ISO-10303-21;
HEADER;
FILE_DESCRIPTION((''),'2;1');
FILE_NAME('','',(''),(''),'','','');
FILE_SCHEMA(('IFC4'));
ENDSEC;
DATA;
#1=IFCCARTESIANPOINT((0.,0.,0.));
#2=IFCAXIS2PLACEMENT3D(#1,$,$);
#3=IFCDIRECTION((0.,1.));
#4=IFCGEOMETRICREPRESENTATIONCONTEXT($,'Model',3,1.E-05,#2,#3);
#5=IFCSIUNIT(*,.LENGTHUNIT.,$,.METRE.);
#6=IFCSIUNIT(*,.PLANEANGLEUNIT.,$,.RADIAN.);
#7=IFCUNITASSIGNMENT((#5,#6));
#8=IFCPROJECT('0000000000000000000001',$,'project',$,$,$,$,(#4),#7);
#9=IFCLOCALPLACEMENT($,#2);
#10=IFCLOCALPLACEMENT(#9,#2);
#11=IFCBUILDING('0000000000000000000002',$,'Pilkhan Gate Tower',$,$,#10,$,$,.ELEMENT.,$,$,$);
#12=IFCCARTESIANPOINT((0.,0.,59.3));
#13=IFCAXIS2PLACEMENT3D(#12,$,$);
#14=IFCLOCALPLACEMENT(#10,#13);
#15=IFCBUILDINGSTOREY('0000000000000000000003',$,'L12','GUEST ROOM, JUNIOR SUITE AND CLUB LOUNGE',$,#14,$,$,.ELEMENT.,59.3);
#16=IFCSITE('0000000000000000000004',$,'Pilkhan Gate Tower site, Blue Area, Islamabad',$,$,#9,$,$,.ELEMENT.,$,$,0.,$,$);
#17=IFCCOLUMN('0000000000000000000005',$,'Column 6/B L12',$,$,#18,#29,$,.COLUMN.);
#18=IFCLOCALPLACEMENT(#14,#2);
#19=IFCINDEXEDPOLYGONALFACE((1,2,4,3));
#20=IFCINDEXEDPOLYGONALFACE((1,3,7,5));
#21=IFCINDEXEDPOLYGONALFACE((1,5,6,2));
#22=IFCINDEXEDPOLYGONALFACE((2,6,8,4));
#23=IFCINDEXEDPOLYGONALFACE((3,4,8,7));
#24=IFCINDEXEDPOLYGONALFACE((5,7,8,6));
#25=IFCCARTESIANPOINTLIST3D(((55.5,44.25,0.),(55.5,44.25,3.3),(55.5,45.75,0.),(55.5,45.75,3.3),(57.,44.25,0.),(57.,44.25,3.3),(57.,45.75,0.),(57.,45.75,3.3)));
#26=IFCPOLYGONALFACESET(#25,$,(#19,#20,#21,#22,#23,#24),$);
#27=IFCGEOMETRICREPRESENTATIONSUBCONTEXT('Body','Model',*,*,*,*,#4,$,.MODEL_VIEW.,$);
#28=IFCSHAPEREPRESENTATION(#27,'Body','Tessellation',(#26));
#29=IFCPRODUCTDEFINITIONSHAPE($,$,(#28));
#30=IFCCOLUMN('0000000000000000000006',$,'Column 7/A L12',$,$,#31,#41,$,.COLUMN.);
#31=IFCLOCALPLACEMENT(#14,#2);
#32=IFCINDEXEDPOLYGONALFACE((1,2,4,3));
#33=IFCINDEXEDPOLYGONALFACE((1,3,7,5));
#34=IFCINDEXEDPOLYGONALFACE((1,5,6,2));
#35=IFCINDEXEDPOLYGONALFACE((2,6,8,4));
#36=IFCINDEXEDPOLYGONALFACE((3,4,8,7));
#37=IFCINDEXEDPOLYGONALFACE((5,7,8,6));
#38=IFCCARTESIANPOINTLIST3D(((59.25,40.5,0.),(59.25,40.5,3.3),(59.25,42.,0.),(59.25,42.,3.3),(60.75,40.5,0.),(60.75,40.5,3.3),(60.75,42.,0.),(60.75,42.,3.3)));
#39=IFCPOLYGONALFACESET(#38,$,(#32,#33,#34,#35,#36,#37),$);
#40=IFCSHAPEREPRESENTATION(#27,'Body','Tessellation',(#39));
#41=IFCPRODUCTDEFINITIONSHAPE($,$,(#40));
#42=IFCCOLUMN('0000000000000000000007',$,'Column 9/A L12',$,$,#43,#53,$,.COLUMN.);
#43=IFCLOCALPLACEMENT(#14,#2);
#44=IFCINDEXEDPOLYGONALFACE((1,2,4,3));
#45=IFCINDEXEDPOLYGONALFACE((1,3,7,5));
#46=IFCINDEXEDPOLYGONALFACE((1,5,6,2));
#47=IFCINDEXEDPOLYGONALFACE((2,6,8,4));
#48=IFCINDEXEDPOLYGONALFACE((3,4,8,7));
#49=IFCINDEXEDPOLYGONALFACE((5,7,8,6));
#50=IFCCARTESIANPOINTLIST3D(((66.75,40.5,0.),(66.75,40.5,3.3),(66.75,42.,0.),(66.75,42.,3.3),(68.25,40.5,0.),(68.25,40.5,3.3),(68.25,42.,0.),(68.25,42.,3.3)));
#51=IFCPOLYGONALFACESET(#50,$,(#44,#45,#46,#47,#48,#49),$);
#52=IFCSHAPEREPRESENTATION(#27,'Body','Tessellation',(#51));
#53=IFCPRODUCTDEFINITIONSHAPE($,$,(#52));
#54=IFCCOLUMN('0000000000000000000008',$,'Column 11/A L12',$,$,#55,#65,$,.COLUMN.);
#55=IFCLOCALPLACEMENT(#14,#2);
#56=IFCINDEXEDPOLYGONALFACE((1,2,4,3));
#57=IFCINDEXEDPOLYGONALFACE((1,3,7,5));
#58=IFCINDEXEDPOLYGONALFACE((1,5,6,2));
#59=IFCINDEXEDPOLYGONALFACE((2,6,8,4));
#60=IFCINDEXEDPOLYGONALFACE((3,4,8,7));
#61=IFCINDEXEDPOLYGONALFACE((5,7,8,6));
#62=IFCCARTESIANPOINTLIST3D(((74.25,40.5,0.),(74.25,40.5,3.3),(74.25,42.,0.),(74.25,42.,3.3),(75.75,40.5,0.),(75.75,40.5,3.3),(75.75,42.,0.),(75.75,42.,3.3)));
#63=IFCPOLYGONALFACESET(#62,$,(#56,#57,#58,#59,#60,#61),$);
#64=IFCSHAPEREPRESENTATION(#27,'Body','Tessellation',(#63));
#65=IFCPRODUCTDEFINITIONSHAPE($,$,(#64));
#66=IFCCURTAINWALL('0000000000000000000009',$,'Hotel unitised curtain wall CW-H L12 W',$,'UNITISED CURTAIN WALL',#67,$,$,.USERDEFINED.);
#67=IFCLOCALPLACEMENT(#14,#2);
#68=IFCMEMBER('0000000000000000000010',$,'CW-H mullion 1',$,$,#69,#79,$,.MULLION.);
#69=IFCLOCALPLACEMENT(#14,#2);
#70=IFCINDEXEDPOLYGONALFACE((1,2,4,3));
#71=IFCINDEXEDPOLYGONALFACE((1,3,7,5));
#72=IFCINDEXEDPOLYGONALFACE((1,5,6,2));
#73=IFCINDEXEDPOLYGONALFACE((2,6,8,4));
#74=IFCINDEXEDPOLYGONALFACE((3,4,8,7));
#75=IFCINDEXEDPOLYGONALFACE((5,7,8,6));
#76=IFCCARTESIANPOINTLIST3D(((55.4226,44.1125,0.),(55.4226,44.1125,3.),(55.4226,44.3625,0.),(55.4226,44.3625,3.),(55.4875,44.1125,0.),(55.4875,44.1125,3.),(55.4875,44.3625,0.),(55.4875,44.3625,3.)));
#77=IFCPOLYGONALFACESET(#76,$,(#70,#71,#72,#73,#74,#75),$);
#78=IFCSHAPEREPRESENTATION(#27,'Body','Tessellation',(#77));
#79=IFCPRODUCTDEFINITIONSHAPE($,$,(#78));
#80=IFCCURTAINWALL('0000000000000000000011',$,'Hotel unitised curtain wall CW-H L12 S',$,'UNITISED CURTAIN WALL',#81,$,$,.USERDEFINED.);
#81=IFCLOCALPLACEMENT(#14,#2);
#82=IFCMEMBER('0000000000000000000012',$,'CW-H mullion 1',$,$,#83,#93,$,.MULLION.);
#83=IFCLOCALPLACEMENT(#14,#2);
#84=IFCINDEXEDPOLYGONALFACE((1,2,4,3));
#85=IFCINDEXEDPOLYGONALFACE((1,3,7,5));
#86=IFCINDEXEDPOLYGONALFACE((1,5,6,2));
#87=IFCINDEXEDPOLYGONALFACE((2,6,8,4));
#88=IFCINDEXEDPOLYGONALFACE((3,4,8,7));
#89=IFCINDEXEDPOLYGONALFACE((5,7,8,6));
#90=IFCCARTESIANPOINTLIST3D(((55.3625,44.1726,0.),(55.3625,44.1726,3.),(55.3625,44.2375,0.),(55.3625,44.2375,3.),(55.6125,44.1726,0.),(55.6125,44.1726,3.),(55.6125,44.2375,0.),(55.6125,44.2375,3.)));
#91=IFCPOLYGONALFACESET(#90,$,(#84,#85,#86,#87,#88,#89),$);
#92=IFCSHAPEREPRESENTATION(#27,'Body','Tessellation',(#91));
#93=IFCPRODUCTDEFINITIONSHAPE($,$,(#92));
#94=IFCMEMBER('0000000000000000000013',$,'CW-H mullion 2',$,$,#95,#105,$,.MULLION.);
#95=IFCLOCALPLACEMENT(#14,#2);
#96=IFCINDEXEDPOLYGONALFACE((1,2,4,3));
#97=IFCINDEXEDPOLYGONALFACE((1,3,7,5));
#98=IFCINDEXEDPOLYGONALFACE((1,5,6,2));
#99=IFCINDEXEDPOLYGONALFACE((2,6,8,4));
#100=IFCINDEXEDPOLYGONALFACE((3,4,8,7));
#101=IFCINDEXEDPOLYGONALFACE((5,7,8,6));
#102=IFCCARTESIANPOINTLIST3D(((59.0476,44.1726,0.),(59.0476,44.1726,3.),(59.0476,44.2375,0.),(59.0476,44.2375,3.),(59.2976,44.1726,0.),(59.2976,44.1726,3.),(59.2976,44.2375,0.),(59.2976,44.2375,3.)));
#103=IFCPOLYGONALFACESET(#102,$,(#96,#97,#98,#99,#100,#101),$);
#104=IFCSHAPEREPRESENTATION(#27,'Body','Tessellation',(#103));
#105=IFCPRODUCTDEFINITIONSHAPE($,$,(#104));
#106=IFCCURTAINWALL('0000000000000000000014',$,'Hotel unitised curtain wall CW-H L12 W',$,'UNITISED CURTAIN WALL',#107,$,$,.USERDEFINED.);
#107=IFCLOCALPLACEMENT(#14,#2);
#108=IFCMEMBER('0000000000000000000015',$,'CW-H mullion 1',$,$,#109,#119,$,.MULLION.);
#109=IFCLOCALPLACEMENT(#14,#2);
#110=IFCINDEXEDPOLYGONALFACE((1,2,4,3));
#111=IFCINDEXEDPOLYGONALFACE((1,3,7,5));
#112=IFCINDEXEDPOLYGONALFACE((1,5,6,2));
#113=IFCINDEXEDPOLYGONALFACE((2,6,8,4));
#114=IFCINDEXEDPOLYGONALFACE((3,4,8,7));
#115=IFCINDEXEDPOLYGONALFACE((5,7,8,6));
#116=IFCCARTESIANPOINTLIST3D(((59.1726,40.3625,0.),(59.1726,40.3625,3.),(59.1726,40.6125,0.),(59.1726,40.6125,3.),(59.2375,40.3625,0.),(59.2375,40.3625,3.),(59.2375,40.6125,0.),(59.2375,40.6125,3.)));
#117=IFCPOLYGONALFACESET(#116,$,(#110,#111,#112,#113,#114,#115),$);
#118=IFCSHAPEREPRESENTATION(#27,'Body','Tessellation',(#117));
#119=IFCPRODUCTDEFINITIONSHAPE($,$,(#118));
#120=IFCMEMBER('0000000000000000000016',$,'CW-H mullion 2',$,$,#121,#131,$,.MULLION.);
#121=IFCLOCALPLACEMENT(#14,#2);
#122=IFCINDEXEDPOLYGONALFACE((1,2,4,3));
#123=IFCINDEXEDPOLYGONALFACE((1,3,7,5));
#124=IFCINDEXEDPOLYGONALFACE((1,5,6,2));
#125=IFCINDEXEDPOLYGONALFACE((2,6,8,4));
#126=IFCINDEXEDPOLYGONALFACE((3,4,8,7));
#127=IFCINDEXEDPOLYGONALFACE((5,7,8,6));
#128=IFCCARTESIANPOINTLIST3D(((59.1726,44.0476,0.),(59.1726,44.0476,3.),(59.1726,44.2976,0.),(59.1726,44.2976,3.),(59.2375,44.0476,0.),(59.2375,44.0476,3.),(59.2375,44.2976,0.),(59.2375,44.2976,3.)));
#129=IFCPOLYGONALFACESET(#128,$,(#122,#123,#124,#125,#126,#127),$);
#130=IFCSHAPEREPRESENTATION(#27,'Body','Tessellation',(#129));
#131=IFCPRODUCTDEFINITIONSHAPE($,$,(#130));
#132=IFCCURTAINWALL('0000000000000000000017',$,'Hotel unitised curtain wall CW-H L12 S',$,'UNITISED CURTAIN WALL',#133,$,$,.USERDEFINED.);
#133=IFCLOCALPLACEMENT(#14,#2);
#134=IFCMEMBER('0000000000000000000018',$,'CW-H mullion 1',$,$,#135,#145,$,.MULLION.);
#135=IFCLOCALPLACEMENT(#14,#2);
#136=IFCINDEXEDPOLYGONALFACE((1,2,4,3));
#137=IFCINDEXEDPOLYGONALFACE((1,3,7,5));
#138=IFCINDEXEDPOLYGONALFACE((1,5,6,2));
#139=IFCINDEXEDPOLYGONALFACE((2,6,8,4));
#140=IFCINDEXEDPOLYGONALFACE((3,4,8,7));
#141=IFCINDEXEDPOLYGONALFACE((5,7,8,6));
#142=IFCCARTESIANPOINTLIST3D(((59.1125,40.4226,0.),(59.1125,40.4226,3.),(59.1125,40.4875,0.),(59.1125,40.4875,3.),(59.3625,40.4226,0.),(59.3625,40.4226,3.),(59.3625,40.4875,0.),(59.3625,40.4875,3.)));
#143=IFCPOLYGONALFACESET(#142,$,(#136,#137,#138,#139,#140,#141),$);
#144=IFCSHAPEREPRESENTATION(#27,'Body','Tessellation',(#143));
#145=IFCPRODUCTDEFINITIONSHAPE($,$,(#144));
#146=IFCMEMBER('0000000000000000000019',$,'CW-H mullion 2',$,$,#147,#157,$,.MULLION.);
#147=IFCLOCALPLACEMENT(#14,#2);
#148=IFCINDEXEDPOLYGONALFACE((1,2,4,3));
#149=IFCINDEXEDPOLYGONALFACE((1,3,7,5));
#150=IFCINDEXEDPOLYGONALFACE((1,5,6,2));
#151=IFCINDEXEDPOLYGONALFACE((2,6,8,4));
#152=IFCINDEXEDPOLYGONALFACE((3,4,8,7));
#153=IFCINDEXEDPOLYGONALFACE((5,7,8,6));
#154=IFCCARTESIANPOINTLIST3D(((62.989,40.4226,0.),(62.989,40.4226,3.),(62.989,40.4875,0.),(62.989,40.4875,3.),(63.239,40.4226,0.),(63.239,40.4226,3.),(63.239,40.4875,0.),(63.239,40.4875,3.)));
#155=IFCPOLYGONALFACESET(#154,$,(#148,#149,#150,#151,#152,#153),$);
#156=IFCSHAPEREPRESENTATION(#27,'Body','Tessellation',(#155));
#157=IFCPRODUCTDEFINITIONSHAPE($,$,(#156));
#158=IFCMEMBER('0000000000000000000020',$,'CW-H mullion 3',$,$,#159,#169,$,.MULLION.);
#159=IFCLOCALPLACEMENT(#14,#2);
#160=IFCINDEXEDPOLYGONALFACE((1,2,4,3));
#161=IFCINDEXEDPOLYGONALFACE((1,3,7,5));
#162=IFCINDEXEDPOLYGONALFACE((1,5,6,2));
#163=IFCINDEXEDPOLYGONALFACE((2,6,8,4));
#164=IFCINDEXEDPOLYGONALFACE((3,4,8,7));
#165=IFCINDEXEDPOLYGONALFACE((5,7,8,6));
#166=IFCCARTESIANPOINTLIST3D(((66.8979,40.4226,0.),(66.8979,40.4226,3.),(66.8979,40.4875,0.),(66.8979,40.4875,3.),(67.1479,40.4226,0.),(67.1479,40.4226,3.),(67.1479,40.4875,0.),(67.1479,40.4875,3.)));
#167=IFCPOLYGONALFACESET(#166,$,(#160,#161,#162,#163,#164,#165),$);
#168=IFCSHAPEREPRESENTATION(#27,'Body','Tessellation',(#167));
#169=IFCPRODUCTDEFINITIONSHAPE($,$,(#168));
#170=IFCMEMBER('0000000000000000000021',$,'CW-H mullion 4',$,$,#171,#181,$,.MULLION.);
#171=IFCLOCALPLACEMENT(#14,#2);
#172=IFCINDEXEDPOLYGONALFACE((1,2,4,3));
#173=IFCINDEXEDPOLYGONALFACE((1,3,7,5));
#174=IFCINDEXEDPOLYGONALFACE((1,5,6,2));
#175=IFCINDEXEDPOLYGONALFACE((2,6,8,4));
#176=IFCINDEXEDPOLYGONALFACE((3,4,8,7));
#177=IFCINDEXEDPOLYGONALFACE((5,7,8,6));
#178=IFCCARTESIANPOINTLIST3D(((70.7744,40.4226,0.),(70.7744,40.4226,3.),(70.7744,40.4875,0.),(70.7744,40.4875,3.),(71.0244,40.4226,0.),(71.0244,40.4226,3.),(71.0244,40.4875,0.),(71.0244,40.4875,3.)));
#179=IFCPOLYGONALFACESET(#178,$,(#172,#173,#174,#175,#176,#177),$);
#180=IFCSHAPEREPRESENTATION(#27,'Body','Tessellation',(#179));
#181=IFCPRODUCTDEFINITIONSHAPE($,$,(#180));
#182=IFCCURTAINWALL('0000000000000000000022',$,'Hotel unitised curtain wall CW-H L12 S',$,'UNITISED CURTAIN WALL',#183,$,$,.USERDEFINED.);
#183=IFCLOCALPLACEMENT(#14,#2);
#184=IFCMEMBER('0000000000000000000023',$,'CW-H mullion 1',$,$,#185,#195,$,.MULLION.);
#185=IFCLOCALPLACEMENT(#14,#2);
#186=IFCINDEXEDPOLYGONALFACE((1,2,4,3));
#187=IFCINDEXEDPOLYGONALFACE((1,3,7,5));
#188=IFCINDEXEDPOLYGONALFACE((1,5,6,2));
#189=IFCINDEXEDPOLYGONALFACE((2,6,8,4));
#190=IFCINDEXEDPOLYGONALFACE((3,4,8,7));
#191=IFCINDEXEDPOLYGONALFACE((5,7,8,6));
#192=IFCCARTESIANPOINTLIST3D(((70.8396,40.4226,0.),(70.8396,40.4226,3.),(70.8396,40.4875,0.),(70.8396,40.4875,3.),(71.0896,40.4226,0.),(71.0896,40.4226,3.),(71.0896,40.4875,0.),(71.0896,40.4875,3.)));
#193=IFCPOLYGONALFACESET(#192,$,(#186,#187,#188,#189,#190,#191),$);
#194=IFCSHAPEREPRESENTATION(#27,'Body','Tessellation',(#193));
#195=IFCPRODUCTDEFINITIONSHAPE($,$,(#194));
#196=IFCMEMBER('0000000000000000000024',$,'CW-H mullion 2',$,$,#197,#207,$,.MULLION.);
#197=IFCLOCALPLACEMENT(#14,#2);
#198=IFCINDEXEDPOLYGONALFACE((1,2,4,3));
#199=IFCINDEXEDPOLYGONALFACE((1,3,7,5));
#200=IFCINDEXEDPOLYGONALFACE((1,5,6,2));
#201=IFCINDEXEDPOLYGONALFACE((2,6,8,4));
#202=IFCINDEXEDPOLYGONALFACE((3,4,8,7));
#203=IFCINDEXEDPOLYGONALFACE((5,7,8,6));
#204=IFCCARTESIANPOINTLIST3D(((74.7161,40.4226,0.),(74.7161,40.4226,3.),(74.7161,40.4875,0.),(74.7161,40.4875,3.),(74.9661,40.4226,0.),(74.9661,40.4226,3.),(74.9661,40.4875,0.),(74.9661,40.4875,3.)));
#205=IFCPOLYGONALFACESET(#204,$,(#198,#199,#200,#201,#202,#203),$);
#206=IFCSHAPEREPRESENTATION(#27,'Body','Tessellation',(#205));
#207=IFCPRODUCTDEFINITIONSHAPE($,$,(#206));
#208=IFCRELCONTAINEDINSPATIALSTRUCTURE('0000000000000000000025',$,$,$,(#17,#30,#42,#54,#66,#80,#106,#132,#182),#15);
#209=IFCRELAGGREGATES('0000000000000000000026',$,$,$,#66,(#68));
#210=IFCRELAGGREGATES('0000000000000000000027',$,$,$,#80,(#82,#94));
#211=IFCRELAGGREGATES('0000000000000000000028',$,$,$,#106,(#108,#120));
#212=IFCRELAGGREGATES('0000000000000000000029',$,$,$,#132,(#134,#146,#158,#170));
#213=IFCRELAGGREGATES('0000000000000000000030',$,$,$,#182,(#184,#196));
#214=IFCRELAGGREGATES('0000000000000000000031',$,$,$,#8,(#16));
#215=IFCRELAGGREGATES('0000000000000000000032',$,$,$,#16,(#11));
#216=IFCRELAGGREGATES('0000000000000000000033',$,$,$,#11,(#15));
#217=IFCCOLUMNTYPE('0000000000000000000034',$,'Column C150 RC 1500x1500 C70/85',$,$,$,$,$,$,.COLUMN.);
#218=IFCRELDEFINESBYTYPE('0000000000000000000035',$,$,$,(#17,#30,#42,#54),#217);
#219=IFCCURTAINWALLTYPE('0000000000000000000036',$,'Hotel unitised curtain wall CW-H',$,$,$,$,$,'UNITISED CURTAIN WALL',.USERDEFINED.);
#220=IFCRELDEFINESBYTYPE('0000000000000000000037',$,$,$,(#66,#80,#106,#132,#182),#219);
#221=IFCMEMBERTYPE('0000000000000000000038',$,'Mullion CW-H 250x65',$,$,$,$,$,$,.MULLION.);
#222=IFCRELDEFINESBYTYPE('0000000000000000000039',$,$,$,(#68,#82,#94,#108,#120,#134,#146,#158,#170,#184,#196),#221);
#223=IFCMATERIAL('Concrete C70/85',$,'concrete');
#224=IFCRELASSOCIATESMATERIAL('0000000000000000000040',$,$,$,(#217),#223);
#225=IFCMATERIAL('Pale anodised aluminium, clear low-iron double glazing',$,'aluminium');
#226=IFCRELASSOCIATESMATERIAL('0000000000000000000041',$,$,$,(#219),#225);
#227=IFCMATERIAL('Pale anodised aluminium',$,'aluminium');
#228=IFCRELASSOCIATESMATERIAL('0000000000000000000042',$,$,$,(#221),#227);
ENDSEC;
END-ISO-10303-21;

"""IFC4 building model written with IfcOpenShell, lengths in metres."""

from ifc_helpers import new_model, si_unit, direction, frame, origin, origin_2d, place, context, subcontext, project, spatial, rectangle, extrude, material, material_profile, profile_set, type_object, element, aggregate, save


model = new_model("IFC4")

# Units and contexts
model_context = context("Model", 3, precision=1e-05, world=origin(), true_north=direction((0.0, 1.0)))
body_context = subcontext(model_context, "Body", "Model", "MODEL_VIEW")
ifc_project = project(units=[si_unit("LENGTHUNIT", "METRE"), si_unit("PLANEANGLEUNIT", "RADIAN")], contexts=[model_context])

# Site, building, storey
site_placement = place(None, origin())
site = spatial("IfcSite", under=ifc_project, at=site_placement, Name="Pilkhan Gate Tower site, Blue Area, Islamabad", CompositionType="ELEMENT", RefElevation=0.0)
building_placement = place(site_placement, origin())
building = spatial("IfcBuilding", under=site, at=building_placement, Name="Pilkhan Gate Tower", CompositionType="ELEMENT")
storey_placement = place(building_placement, frame((0.0, 0.0, 59.3)))
storey = spatial("IfcBuildingStorey", under=building, at=storey_placement, Name="L12", Description="GUEST ROOM, JUNIOR SUITE AND CLUB LOUNGE", CompositionType="ELEMENT", Elevation=59.3)

# Columns
ifc_material_1 = material(Name="Concrete C70/85", Category="concrete")
ifc_material_profile_1 = material_profile(ifc_material_1, rectangle(XDim=1.5, YDim=1.5, at=origin_2d()), Name="RC 1500x1500")
ifc_profile_set_1 = profile_set([ifc_material_profile_1], Name="Concrete C70/85")
column_type = type_object("IfcColumnType", Name="Column C150 RC 1500x1500 C70/85", PredefinedType="COLUMN", material=ifc_profile_set_1)
for number, where, z_axis, x_axis, name in (
    (1, (56.25, 45.0, 0.0), (0.0, 0.0, 1.0), (1.0, 0.0, 0.0), "Column 6/B L12"),
    (2, (60.0, 41.25, 0.0), (0.0, 0.0, 1.0), (1.0, 0.0, 0.0), "Column 7/A L12"),
    (3, (67.5, 41.25, 0.0), (0.0, 0.0, 1.0), (1.0, 0.0, 0.0), "Column 9/A L12"),
    (4, (75.0, 41.25, 0.0), (0.0, 0.0, 1.0), (1.0, 0.0, 0.0), "Column 11/A L12"),
):
    element("IfcColumn", number, at=place(storey_placement, frame(where, z_axis=z_axis, x_axis=x_axis)), inside=storey, type_object=column_type, Name=name, PredefinedType="COLUMN", context=body_context, shape_type="SweptSolid", body=[
        extrude(rectangle(XDim=1.5, YDim=1.5, at=origin_2d()), origin(), (0.0, 0.0, 1.0), 3.3),
    ])

# Curtain wall, member
ifc_material_2 = material(Name="Pale anodised aluminium, clear low-iron double glazing", Category="aluminium")
curtain_wall_type = type_object("IfcCurtainWallType", Name="Hotel unitised curtain wall CW-H", ElementType="UNITISED CURTAIN WALL", PredefinedType="USERDEFINED", material=ifc_material_2)
curtain_wall_1_placement = place(storey_placement, origin())
curtain_wall_1 = element("IfcCurtainWall", 5, at=curtain_wall_1_placement, inside=storey, type_object=curtain_wall_type, Name="Hotel unitised curtain wall CW-H L12 W", ObjectType="UNITISED CURTAIN WALL", PredefinedType="USERDEFINED")
ifc_material_3 = material(Name="Pale anodised aluminium", Category="aluminium")
ifc_material_profile_2 = material_profile(ifc_material_3, rectangle(XDim=0.0649, YDim=0.25, at=origin_2d()), Name="Mullion 250x65")
ifc_profile_set_2 = profile_set([ifc_material_profile_2], Name="Pale anodised aluminium")
member_type_1 = type_object("IfcMemberType", Name="Mullion CW-H 250x65", PredefinedType="MULLION", material=ifc_profile_set_2)
member_1_placement = place(storey_placement, frame((55.4551, 44.2375, 0.0), z_axis=(0.0, 0.0, 1.0), x_axis=(-1.0, 0.0, 0.0)))
member_1 = element("IfcMember", 6, at=member_1_placement, type_object=member_type_1, Name="CW-H mullion 1", PredefinedType="MULLION", context=body_context, shape_type="SweptSolid", body=[
    extrude(rectangle(XDim=0.0649, YDim=0.25, at=origin_2d()), origin(), (0.0, 0.0, 1.0), 3.0),
])

# Curtain walls, members
curtain_wall_2_placement = place(storey_placement, origin())
curtain_wall_2 = element("IfcCurtainWall", 7, at=curtain_wall_2_placement, inside=storey, type_object=curtain_wall_type, Name="Hotel unitised curtain wall CW-H L12 S", ObjectType="UNITISED CURTAIN WALL", PredefinedType="USERDEFINED")
member_2_placement = place(storey_placement, frame((55.4875, 44.2051, 0.0), z_axis=(0.0, 0.0, 1.0), x_axis=(0.0, 1.0, 0.0)))
member_2 = element("IfcMember", 8, at=member_2_placement, type_object=member_type_1, Name="CW-H mullion 1", PredefinedType="MULLION", context=body_context, shape_type="SweptSolid", body=[
    extrude(rectangle(XDim=0.0649, YDim=0.25, at=origin_2d()), origin(), (0.0, 0.0, 1.0), 3.0),
])
member_3_placement = place(storey_placement, frame((59.1726, 44.2051, 0.0), z_axis=(0.0, 0.0, 1.0), x_axis=(0.0, 1.0, 0.0)))
member_3 = element("IfcMember", 9, at=member_3_placement, type_object=member_type_1, Name="CW-H mullion 2", PredefinedType="MULLION", context=body_context, shape_type="SweptSolid", body=[
    extrude(rectangle(XDim=0.0649, YDim=0.25, at=origin_2d()), origin(), (0.0, 0.0, 1.0), 3.0),
])
curtain_wall_3_placement = place(storey_placement, origin())
curtain_wall_3 = element("IfcCurtainWall", 10, at=curtain_wall_3_placement, inside=storey, type_object=curtain_wall_type, Name="Hotel unitised curtain wall CW-H L12 W", ObjectType="UNITISED CURTAIN WALL", PredefinedType="USERDEFINED")
member_4_placement = place(storey_placement, frame((59.2051, 40.4875, 0.0), z_axis=(0.0, 0.0, 1.0), x_axis=(-1.0, 0.0, 0.0)))
member_4 = element("IfcMember", 11, at=member_4_placement, type_object=member_type_1, Name="CW-H mullion 1", PredefinedType="MULLION", context=body_context, shape_type="SweptSolid", body=[
    extrude(rectangle(XDim=0.0649, YDim=0.25, at=origin_2d()), origin(), (0.0, 0.0, 1.0), 3.0),
])
member_5_placement = place(storey_placement, frame((59.2051, 44.1726, 0.0), z_axis=(0.0, 0.0, 1.0), x_axis=(-1.0, 0.0, 0.0)))
member_5 = element("IfcMember", 12, at=member_5_placement, type_object=member_type_1, Name="CW-H mullion 2", PredefinedType="MULLION", context=body_context, shape_type="SweptSolid", body=[
    extrude(rectangle(XDim=0.0649, YDim=0.25, at=origin_2d()), origin(), (0.0, 0.0, 1.0), 3.0),
])
curtain_wall_4_placement = place(storey_placement, origin())
curtain_wall_4 = element("IfcCurtainWall", 13, at=curtain_wall_4_placement, inside=storey, type_object=curtain_wall_type, Name="Hotel unitised curtain wall CW-H L12 S", ObjectType="UNITISED CURTAIN WALL", PredefinedType="USERDEFINED")
member_6_placement = place(storey_placement, frame((59.2375, 40.4551, 0.0), z_axis=(0.0, 0.0, 1.0), x_axis=(0.0, 1.0, 0.0)))
member_6 = element("IfcMember", 14, at=member_6_placement, type_object=member_type_1, Name="CW-H mullion 1", PredefinedType="MULLION", context=body_context, shape_type="SweptSolid", body=[
    extrude(rectangle(XDim=0.0649, YDim=0.25, at=origin_2d()), origin(), (0.0, 0.0, 1.0), 3.0),
])
member_7_placement = place(storey_placement, frame((63.114, 40.4551, 0.0), z_axis=(0.0, 0.0, 1.0), x_axis=(0.0, 1.0, 0.0)))
member_7 = element("IfcMember", 15, at=member_7_placement, type_object=member_type_1, Name="CW-H mullion 2", PredefinedType="MULLION", context=body_context, shape_type="SweptSolid", body=[
    extrude(rectangle(XDim=0.0649, YDim=0.25, at=origin_2d()), origin(), (0.0, 0.0, 1.0), 3.0),
])
member_8_placement = place(storey_placement, frame((67.0229, 40.4551, 0.0), z_axis=(0.0, 0.0, 1.0), x_axis=(0.0, 1.0, 0.0)))
member_8 = element("IfcMember", 16, at=member_8_placement, type_object=member_type_1, Name="CW-H mullion 3", PredefinedType="MULLION", context=body_context, shape_type="SweptSolid", body=[
    extrude(rectangle(XDim=0.0649, YDim=0.25, at=origin_2d()), origin(), (0.0, 0.0, 1.0), 3.0),
])
member_9_placement = place(storey_placement, frame((70.8994, 40.4551, 0.0), z_axis=(0.0, 0.0, 1.0), x_axis=(0.0, 1.0, 0.0)))
member_9 = element("IfcMember", 17, at=member_9_placement, type_object=member_type_1, Name="CW-H mullion 4", PredefinedType="MULLION", context=body_context, shape_type="SweptSolid", body=[
    extrude(rectangle(XDim=0.0649, YDim=0.25, at=origin_2d()), origin(), (0.0, 0.0, 1.0), 3.0),
])
curtain_wall_5_placement = place(storey_placement, origin())
curtain_wall_5 = element("IfcCurtainWall", 18, at=curtain_wall_5_placement, inside=storey, type_object=curtain_wall_type, Name="Hotel unitised curtain wall CW-H L12 S", ObjectType="UNITISED CURTAIN WALL", PredefinedType="USERDEFINED")
member_10_placement = place(storey_placement, frame((70.9646, 40.4551, 0.0), z_axis=(0.0, 0.0, 1.0), x_axis=(0.0, 1.0, 0.0)))
member_10 = element("IfcMember", 19, at=member_10_placement, type_object=member_type_1, Name="CW-H mullion 1", PredefinedType="MULLION", context=body_context, shape_type="SweptSolid", body=[
    extrude(rectangle(XDim=0.0649, YDim=0.25, at=origin_2d()), origin(), (0.0, 0.0, 1.0), 3.0),
])
member_11_placement = place(storey_placement, frame((74.8411, 40.4551, 0.0), z_axis=(0.0, 0.0, 1.0), x_axis=(0.0, 1.0, 0.0)))
member_11 = element("IfcMember", 20, at=member_11_placement, type_object=member_type_1, Name="CW-H mullion 2", PredefinedType="MULLION", context=body_context, shape_type="SweptSolid", body=[
    extrude(rectangle(XDim=0.0649, YDim=0.25, at=origin_2d()), origin(), (0.0, 0.0, 1.0), 3.0),
])

aggregate(curtain_wall_1, [member_1])

aggregate(curtain_wall_2, [member_2, member_3])
aggregate(curtain_wall_3, [member_4, member_5])
aggregate(curtain_wall_4, [member_6, member_7, member_8, member_9])
aggregate(curtain_wall_5, [member_10, member_11])

save(model, "model.ifc")
